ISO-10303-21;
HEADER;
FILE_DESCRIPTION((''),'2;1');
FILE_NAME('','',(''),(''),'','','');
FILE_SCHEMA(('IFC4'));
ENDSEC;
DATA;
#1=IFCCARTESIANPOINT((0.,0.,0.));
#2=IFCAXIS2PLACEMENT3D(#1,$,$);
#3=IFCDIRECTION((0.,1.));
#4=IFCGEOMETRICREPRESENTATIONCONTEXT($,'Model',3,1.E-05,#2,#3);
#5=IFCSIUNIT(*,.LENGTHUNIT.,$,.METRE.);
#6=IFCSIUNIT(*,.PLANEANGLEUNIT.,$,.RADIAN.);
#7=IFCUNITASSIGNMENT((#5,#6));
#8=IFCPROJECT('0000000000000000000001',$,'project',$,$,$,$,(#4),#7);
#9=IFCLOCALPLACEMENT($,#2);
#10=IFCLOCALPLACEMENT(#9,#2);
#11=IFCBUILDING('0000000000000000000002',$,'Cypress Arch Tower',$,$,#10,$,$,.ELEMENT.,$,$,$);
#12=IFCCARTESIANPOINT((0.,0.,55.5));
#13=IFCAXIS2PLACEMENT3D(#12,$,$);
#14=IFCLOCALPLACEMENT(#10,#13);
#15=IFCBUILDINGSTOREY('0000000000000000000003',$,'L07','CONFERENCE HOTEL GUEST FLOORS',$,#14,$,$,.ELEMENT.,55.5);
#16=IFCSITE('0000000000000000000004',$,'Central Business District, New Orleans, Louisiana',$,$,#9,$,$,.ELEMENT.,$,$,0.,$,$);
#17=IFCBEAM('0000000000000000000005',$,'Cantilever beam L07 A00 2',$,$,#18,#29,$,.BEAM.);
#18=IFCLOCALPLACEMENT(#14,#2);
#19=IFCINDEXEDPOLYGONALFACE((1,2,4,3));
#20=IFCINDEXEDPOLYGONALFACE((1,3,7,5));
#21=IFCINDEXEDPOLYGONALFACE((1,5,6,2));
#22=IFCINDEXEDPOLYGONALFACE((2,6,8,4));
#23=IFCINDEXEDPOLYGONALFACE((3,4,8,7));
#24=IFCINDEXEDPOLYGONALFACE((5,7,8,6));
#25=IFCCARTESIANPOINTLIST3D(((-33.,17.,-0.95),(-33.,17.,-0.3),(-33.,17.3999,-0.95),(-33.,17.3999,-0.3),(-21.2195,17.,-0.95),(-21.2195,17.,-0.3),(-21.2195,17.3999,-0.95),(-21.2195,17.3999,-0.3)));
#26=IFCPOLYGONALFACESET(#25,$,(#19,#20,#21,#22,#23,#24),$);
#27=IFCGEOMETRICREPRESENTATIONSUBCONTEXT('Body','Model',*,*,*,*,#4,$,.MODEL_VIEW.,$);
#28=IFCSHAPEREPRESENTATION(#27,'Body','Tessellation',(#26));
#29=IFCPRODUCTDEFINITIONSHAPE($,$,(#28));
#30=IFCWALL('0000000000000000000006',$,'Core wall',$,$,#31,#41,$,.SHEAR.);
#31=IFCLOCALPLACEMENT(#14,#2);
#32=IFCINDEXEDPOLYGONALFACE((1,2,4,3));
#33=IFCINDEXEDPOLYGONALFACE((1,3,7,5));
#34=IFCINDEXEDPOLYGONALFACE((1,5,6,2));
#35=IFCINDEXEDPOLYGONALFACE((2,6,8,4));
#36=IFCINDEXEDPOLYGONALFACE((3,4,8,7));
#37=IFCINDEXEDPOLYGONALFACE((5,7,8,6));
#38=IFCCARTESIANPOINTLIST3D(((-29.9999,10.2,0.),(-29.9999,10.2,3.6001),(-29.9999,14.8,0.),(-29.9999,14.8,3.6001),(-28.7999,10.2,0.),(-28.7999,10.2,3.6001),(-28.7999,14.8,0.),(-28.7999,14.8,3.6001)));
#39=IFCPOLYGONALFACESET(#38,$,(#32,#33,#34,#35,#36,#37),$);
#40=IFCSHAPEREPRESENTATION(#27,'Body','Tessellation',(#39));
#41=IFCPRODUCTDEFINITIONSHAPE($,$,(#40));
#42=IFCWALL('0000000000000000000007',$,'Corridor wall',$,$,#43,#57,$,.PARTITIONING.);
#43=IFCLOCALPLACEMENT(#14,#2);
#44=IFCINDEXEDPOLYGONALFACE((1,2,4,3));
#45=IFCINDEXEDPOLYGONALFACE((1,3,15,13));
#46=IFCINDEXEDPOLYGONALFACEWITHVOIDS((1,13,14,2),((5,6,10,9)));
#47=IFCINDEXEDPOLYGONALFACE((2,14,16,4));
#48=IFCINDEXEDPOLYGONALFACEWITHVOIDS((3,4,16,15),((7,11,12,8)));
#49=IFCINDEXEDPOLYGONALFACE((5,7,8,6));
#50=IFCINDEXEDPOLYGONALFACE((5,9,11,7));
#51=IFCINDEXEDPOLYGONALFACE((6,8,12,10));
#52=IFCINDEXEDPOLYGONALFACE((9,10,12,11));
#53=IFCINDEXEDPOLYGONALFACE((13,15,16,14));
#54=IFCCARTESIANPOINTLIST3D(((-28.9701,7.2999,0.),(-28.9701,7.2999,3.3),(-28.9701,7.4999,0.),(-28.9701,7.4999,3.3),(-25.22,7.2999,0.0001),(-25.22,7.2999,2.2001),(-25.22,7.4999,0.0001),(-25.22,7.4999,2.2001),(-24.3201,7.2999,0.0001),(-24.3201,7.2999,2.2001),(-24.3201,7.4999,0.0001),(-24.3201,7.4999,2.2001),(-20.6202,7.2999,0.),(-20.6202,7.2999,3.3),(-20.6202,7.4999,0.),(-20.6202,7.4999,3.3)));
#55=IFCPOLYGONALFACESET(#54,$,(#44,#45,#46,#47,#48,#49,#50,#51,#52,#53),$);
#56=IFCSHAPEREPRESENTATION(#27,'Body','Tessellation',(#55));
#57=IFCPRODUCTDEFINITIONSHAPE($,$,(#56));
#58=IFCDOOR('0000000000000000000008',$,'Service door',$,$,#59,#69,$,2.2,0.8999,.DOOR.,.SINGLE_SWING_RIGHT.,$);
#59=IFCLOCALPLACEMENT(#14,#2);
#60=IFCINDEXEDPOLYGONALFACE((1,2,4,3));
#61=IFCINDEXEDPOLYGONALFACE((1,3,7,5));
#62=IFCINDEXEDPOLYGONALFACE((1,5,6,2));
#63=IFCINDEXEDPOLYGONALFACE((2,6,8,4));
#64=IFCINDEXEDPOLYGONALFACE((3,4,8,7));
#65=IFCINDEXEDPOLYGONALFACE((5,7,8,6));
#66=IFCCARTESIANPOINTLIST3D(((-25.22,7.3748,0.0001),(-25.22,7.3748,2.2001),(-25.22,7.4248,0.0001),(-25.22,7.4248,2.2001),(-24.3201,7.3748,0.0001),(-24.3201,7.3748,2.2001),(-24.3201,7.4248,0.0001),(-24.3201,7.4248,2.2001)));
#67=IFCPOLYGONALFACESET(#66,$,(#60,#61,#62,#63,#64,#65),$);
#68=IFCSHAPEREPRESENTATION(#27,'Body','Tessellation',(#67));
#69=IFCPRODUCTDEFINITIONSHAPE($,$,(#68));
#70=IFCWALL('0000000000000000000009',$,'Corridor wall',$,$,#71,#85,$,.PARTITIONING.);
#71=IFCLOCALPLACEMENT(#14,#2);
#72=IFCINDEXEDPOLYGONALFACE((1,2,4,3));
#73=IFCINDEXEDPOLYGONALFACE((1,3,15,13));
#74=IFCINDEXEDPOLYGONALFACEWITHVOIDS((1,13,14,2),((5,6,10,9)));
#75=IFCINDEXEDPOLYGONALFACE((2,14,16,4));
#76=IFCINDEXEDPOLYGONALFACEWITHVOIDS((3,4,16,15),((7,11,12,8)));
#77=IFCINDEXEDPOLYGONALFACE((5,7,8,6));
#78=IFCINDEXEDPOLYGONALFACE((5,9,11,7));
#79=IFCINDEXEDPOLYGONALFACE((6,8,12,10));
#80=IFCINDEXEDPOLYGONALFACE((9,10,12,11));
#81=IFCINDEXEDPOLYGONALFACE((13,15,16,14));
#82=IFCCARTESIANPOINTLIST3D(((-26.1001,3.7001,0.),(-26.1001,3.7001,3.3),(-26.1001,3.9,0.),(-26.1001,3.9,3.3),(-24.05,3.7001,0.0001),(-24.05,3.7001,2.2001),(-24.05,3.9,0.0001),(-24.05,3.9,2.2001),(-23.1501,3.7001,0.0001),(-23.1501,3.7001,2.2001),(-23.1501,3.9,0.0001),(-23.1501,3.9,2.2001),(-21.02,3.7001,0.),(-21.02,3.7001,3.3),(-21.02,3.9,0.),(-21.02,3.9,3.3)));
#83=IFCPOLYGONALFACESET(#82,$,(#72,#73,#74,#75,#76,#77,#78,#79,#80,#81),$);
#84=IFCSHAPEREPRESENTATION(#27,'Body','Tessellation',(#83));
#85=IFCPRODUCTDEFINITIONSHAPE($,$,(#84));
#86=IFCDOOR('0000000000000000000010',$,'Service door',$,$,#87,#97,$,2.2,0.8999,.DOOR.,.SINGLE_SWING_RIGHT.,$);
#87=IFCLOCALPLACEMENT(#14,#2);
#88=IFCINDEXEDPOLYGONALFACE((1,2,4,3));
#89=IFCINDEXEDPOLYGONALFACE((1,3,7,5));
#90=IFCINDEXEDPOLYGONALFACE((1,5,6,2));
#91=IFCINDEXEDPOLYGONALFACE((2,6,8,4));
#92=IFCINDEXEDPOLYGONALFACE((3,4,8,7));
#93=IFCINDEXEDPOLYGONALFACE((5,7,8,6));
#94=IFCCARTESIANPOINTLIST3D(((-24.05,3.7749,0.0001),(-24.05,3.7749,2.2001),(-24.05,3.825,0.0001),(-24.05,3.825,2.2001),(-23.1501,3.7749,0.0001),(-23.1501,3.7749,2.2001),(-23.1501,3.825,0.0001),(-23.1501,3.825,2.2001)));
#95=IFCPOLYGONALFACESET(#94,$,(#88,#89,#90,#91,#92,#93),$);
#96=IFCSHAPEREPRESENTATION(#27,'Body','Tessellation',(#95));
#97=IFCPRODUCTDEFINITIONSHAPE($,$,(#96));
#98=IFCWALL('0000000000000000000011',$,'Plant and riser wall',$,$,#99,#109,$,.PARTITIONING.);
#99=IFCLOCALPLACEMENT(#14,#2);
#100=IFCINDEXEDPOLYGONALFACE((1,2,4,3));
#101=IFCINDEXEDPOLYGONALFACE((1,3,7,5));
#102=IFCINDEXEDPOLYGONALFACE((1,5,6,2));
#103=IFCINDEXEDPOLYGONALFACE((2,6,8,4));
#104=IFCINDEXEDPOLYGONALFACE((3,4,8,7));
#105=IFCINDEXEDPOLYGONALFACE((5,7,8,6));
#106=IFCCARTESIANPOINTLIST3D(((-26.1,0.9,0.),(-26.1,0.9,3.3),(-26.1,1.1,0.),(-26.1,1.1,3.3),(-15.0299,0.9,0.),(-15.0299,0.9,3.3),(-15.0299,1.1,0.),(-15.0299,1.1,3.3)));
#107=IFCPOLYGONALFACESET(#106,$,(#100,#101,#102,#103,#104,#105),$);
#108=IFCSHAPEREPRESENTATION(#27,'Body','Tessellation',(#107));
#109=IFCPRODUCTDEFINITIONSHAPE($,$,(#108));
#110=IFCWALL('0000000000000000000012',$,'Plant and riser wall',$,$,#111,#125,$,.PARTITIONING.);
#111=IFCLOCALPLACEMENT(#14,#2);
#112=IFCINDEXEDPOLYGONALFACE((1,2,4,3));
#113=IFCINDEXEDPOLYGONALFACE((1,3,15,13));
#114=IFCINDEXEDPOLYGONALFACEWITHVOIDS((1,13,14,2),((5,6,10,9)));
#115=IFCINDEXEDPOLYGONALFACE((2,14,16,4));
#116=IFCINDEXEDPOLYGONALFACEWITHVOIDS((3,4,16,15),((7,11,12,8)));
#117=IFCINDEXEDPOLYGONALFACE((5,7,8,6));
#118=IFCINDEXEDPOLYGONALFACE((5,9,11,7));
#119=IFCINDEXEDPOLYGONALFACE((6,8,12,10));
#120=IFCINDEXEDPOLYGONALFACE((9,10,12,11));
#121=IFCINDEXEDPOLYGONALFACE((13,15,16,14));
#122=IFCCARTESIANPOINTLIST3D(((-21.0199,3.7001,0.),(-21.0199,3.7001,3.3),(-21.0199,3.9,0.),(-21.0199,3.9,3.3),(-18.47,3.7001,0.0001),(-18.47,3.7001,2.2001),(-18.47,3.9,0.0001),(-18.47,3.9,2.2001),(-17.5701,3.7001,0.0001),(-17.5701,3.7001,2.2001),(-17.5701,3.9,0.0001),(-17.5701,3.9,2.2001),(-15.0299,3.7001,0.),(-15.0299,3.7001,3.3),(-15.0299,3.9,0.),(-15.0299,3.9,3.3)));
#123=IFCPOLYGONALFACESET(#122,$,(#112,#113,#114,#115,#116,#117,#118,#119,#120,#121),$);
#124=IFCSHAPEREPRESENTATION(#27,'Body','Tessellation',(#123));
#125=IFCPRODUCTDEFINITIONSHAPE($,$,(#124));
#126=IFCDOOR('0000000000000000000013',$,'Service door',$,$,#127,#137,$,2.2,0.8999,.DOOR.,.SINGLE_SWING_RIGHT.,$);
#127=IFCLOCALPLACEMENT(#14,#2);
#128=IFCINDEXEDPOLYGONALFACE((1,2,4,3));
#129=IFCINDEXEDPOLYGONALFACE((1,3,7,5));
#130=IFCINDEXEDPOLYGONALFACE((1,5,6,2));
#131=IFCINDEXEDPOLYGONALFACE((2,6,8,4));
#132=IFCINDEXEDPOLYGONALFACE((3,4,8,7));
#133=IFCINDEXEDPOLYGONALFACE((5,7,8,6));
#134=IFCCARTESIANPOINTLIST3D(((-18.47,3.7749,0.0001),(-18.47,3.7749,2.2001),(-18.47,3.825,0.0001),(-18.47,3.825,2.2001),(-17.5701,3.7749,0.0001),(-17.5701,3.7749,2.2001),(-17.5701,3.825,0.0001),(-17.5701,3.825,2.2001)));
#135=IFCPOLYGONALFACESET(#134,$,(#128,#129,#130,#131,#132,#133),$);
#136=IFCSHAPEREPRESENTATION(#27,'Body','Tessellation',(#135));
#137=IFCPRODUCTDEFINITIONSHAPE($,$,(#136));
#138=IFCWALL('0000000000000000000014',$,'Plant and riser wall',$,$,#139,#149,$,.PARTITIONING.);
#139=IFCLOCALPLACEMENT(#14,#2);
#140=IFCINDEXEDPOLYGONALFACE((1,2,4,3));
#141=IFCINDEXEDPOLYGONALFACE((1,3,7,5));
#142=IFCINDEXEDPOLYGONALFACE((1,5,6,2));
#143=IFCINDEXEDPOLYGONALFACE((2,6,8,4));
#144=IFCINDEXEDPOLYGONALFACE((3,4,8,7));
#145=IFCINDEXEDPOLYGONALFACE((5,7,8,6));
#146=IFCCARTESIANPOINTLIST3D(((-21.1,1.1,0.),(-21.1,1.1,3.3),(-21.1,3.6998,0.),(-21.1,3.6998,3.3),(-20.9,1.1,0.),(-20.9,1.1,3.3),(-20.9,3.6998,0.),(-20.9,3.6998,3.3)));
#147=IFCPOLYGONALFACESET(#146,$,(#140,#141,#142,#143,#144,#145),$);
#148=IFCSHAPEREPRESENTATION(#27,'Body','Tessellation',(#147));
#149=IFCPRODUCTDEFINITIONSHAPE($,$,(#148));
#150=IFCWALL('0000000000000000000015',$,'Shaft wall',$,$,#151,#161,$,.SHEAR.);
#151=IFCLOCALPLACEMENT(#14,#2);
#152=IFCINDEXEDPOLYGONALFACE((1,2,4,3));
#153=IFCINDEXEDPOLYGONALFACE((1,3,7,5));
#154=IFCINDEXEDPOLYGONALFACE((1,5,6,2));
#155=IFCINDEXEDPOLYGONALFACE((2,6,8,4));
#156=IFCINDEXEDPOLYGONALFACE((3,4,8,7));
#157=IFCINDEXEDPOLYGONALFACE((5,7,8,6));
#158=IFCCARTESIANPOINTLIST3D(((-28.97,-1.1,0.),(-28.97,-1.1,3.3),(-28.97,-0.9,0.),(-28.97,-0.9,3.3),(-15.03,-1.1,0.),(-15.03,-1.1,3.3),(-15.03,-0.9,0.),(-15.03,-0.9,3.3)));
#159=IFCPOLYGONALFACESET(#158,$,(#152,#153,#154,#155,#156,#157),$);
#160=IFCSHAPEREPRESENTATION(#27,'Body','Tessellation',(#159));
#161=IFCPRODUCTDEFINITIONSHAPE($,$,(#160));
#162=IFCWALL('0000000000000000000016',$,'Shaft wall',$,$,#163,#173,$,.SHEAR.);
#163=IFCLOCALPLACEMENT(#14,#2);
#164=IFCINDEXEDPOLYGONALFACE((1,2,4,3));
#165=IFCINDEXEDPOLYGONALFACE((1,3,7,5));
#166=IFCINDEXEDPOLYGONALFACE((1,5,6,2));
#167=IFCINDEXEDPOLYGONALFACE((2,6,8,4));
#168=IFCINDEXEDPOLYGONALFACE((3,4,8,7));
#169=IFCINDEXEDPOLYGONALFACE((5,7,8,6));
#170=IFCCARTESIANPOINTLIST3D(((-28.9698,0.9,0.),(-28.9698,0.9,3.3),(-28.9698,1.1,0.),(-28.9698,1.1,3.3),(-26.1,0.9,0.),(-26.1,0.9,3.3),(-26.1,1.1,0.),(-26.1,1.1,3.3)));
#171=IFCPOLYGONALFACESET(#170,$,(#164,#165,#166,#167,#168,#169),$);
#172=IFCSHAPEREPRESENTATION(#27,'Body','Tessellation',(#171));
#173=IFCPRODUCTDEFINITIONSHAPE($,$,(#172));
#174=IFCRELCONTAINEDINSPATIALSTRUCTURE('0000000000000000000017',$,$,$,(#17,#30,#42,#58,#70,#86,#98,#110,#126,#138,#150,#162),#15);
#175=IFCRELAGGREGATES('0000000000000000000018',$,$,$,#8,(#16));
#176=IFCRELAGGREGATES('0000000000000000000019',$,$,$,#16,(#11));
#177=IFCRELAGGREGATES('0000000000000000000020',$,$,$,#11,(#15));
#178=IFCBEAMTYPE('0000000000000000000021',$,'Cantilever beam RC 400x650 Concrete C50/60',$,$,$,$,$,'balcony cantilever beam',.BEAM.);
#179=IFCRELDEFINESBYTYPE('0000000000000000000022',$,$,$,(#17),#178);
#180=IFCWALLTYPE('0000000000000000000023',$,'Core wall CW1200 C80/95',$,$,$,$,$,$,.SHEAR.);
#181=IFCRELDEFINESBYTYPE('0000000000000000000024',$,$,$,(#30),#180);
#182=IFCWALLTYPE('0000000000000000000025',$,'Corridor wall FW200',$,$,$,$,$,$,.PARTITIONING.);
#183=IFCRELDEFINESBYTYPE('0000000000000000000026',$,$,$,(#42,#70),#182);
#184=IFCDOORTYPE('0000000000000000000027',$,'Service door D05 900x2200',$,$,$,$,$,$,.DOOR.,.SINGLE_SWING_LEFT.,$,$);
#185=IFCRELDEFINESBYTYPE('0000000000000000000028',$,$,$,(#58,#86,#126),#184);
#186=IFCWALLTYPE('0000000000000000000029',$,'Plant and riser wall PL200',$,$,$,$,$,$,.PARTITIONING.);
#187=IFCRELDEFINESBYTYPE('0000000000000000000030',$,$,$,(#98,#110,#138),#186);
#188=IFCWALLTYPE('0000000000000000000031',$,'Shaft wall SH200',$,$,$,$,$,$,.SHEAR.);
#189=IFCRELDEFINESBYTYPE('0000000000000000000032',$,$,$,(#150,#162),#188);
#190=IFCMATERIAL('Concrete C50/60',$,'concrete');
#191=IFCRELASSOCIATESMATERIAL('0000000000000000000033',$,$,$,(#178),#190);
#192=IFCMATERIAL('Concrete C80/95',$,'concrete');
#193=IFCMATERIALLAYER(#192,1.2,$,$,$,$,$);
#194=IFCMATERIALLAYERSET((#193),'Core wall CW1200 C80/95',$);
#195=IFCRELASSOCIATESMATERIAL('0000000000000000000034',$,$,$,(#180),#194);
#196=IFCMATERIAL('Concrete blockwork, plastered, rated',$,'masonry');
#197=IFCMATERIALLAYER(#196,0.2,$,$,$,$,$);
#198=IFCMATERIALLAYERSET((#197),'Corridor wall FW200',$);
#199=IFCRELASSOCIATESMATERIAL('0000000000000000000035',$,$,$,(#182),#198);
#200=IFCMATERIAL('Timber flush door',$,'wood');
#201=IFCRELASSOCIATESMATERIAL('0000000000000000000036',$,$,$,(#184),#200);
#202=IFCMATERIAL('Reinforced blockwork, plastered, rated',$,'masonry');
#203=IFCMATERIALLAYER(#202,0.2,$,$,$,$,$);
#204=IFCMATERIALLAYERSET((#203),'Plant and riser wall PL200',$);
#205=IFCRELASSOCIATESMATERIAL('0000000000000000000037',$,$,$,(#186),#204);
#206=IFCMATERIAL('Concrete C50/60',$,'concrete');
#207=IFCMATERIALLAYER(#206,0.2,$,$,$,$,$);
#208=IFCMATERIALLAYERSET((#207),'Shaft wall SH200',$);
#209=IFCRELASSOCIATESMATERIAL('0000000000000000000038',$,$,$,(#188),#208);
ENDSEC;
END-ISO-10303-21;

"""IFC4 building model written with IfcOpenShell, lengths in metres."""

from ifc_helpers import new_model, si_unit, direction, frame, frame_2d, origin, origin_2d, place, context, subcontext, project, spatial, rectangle, extrude, material, layer, layer_set, material_profile, profile_set, type_object, element, fill, save


model = new_model("IFC4")

# Units and contexts
model_context = context("Model", 3, precision=1e-05, world=origin(), true_north=direction((0.0, 1.0)))
body_context = subcontext(model_context, "Body", "Model", "MODEL_VIEW")
ifc_project = project(units=[si_unit("LENGTHUNIT", "METRE"), si_unit("PLANEANGLEUNIT", "RADIAN")], contexts=[model_context])

# Site, building, storey
site_placement = place(None, origin())
site = spatial("IfcSite", under=ifc_project, at=site_placement, Name="Central Business District, New Orleans, Louisiana", CompositionType="ELEMENT", RefElevation=0.0)
building_placement = place(site_placement, origin())
building = spatial("IfcBuilding", under=site, at=building_placement, Name="Cypress Arch Tower", CompositionType="ELEMENT")
storey_placement = place(building_placement, frame((0.0, 0.0, 55.5)))
storey = spatial("IfcBuildingStorey", under=building, at=storey_placement, Name="L07", Description="CONFERENCE HOTEL GUEST FLOORS", CompositionType="ELEMENT", Elevation=55.5)

# Beam
ifc_material_1 = material(Name="Concrete C50/60", Category="concrete")
ifc_material_profile = material_profile(ifc_material_1, rectangle(XDim=0.3999, YDim=0.6499, at=origin_2d()), Name="RC 400x650")
ifc_profile_set = profile_set([ifc_material_profile], Name="Concrete C50/60")
beam_type = type_object("IfcBeamType", Name="Cantilever beam RC 400x650 Concrete C50/60", ElementType="balcony cantilever beam", PredefinedType="BEAM", material=ifc_profile_set)
beam_placement = place(storey_placement, frame((-21.2195, 17.2, -0.625), z_axis=(-1.0, 0.0, 0.0), x_axis=(0.0, -1.0, 0.0)))
element("IfcBeam", 1, at=beam_placement, inside=storey, type_object=beam_type, Name="Cantilever beam L07 A00 2", PredefinedType="BEAM", context=body_context, shape_type="SweptSolid", body=[
    extrude(rectangle(XDim=0.3999, YDim=0.6499, at=origin_2d()), origin(), (0.0, 0.0, 1.0), 11.7805),
])

# Shared definitions
ifc_material_2 = material(Name="Concrete C80/95", Category="concrete")
ifc_layer_1 = layer(ifc_material_2, 1.2)
ifc_layer_set_1 = layer_set([ifc_layer_1], Name="Core wall CW1200 C80/95")
wall_type_1 = type_object("IfcWallType", Name="Core wall CW1200 C80/95", PredefinedType="SHEAR", material=ifc_layer_set_1)

# Wall
wall_1_placement = place(storey_placement, frame((-29.3999, 10.2, 0.0), z_axis=(0.0, 0.0, 1.0), x_axis=(0.0, 1.0, 0.0)))
element("IfcWall", 2, at=wall_1_placement, inside=storey, type_object=wall_type_1, Name="Core wall", PredefinedType="SHEAR", context=body_context, shape_type="SweptSolid", body=[
    extrude(rectangle(XDim=4.6001, YDim=1.2, at=frame_2d((2.3, 0.0))), origin(), (0.0, 0.0, 1.0), 3.6001),
])

# Walls, openings, doors
ifc_material_3 = material(Name="Concrete blockwork, plastered, rated", Category="masonry")
ifc_layer_2 = layer(ifc_material_3, 0.2)
ifc_layer_set_2 = layer_set([ifc_layer_2], Name="Corridor wall FW200")
wall_type_2 = type_object("IfcWallType", Name="Corridor wall FW200", PredefinedType="PARTITIONING", material=ifc_layer_set_2)
wall_2_placement = place(storey_placement, frame((-28.97, 7.3999, 0.0), z_axis=(0.0, 0.0, 1.0), x_axis=(1.0, 0.0, 0.0)))
wall_2 = element("IfcWall", 3, at=wall_2_placement, inside=storey, type_object=wall_type_2, Name="Corridor wall", PredefinedType="PARTITIONING", context=body_context, shape_type="SweptSolid", body=[
    extrude(rectangle(XDim=8.3499, YDim=0.2, at=frame_2d((4.1748, 0.0))), origin(), (0.0, 0.0, 1.0), 3.3),
])
opening_1_placement = place(wall_2_placement, frame((3.75, 0.0, 0.0)))
opening_1 = element("IfcOpeningElement", 4, at=opening_1_placement, cuts=wall_2, PredefinedType="OPENING", context=body_context, shape_type="SweptSolid", body=[
    extrude(rectangle(XDim=0.8999, YDim=2.2, at=frame_2d((0.45, 1.1001))), frame((0.0, 0.1099, 0.0), z_axis=(0.0, -1.0, 0.0), x_axis=(1.0, 0.0, 0.0)), (0.0, 0.0, 1.0), 0.22),
])
ifc_material_4 = material(Name="Timber flush door", Category="wood")
door_type_1 = type_object("IfcDoorType", Name="Service door D05 900x2200", OperationType="SINGLE_SWING_LEFT", PredefinedType="DOOR", material=ifc_material_4)
door_1_placement = place(opening_1_placement, origin())
door_1 = element("IfcDoor", 5, at=door_1_placement, inside=storey, type_object=door_type_1, Name="Service door", OperationType="SINGLE_SWING_RIGHT", OverallHeight=2.2, OverallWidth=0.8999, PredefinedType="DOOR", context=body_context, shape_type="SweptSolid", body=[
    extrude(rectangle(XDim=0.8999, YDim=2.2, at=frame_2d((0.45, 1.1001))), frame((0.0, 0.0249, 0.0), z_axis=(0.0, -1.0, 0.0), x_axis=(1.0, 0.0, 0.0)), (0.0, 0.0, 1.0), 0.05),
])
fill(opening_1, door_1)
wall_3_placement = place(storey_placement, frame((-26.1001, 3.8, 0.0), z_axis=(0.0, 0.0, 1.0), x_axis=(1.0, 0.0, 0.0)))
wall_3 = element("IfcWall", 6, at=wall_3_placement, inside=storey, type_object=wall_type_2, Name="Corridor wall", PredefinedType="PARTITIONING", context=body_context, shape_type="SweptSolid", body=[
    extrude(rectangle(XDim=5.0801, YDim=0.2, at=frame_2d((2.54, 0.0))), origin(), (0.0, 0.0, 1.0), 3.3),
])
opening_2_placement = place(wall_3_placement, frame((2.05, 0.0, 0.0)))
opening_2 = element("IfcOpeningElement", 7, at=opening_2_placement, cuts=wall_3, PredefinedType="OPENING", context=body_context, shape_type="SweptSolid", body=[
    extrude(rectangle(XDim=0.8999, YDim=2.2, at=frame_2d((0.45, 1.1001))), frame((0.0, 0.1099, 0.0), z_axis=(0.0, -1.0, 0.0), x_axis=(1.0, 0.0, 0.0)), (0.0, 0.0, 1.0), 0.22),
])
door_2_placement = place(opening_2_placement, origin())
door_2 = element("IfcDoor", 8, at=door_2_placement, inside=storey, type_object=door_type_1, Name="Service door", OperationType="SINGLE_SWING_RIGHT", OverallHeight=2.2, OverallWidth=0.8999, PredefinedType="DOOR", context=body_context, shape_type="SweptSolid", body=[
    extrude(rectangle(XDim=0.8999, YDim=2.2, at=frame_2d((0.45, 1.1001))), frame((0.0, 0.0249, 0.0), z_axis=(0.0, -1.0, 0.0), x_axis=(1.0, 0.0, 0.0)), (0.0, 0.0, 1.0), 0.05),
])
fill(opening_2, door_2)

# Wall
ifc_material_5 = material(Name="Reinforced blockwork, plastered, rated", Category="masonry")
ifc_layer_3 = layer(ifc_material_5, 0.2)
ifc_layer_set_3 = layer_set([ifc_layer_3], Name="Plant and riser wall PL200")
wall_type_3 = type_object("IfcWallType", Name="Plant and riser wall PL200", PredefinedType="PARTITIONING", material=ifc_layer_set_3)
wall_4_placement = place(storey_placement, frame((-26.1001, 1.0, 0.0), z_axis=(0.0, 0.0, 1.0), x_axis=(1.0, 0.0, 0.0)))
element("IfcWall", 9, at=wall_4_placement, inside=storey, type_object=wall_type_3, Name="Plant and riser wall", PredefinedType="PARTITIONING", context=body_context, shape_type="SweptSolid", body=[
    extrude(rectangle(XDim=11.0701, YDim=0.2, at=frame_2d((5.5352, 0.0))), origin(), (0.0, 0.0, 1.0), 3.3),
])

# Wall, opening, door
wall_5_placement = place(storey_placement, frame((-21.02, 3.8, 0.0), z_axis=(0.0, 0.0, 1.0), x_axis=(1.0, 0.0, 0.0)))
wall_5 = element("IfcWall", 10, at=wall_5_placement, inside=storey, type_object=wall_type_3, Name="Plant and riser wall", PredefinedType="PARTITIONING", context=body_context, shape_type="SweptSolid", body=[
    extrude(rectangle(XDim=5.99, YDim=0.2, at=frame_2d((2.9951, 0.0))), origin(), (0.0, 0.0, 1.0), 3.3),
])
opening_3_placement = place(wall_5_placement, frame((2.55, 0.0, 0.0)))
opening_3 = element("IfcOpeningElement", 11, at=opening_3_placement, cuts=wall_5, PredefinedType="OPENING", context=body_context, shape_type="SweptSolid", body=[
    extrude(rectangle(XDim=0.8999, YDim=2.2, at=frame_2d((0.45, 1.1001))), frame((0.0, 0.1099, 0.0), z_axis=(0.0, -1.0, 0.0), x_axis=(1.0, 0.0, 0.0)), (0.0, 0.0, 1.0), 0.22),
])
door_3_placement = place(opening_3_placement, origin())
door_3 = element("IfcDoor", 12, at=door_3_placement, inside=storey, type_object=door_type_1, Name="Service door", OperationType="SINGLE_SWING_RIGHT", OverallHeight=2.2, OverallWidth=0.8999, PredefinedType="DOOR", context=body_context, shape_type="SweptSolid", body=[
    extrude(rectangle(XDim=0.8999, YDim=2.2, at=frame_2d((0.45, 1.1001))), frame((0.0, 0.0249, 0.0), z_axis=(0.0, -1.0, 0.0), x_axis=(1.0, 0.0, 0.0)), (0.0, 0.0, 1.0), 0.05),
])
fill(opening_3, door_3)

# Walls
wall_6_placement = place(storey_placement, frame((-21.0, 1.1001, 0.0), z_axis=(0.0, 0.0, 1.0), x_axis=(0.0, 1.0, 0.0)))
element("IfcWall", 13, at=wall_6_placement, inside=storey, type_object=wall_type_3, Name="Plant and riser wall", PredefinedType="PARTITIONING", context=body_context, shape_type="SweptSolid", body=[
    extrude(rectangle(XDim=2.5999, YDim=0.2, at=frame_2d((1.2998, 0.0))), origin(), (0.0, 0.0, 1.0), 3.3),
])
ifc_material_6 = material(Name="Concrete C50/60", Category="concrete")
ifc_layer_4 = layer(ifc_material_6, 0.2)
ifc_layer_set_4 = layer_set([ifc_layer_4], Name="Shaft wall SH200")
wall_type_4 = type_object("IfcWallType", Name="Shaft wall SH200", PredefinedType="SHEAR", material=ifc_layer_set_4)
wall_7_placement = place(storey_placement, frame((-28.97, -1.0, 0.0), z_axis=(0.0, 0.0, 1.0), x_axis=(1.0, 0.0, 0.0)))
element("IfcWall", 14, at=wall_7_placement, inside=storey, type_object=wall_type_4, Name="Shaft wall", PredefinedType="SHEAR", context=body_context, shape_type="SweptSolid", body=[
    extrude(rectangle(XDim=13.9399, YDim=0.2, at=frame_2d((6.97, 0.0))), origin(), (0.0, 0.0, 1.0), 3.3),
])
for number, where, z_axis, x_axis, name in (
    (15, (-28.97, 1.0, 0.0), (0.0, 0.0, 1.0), (1.0, 0.0, 0.0), "Shaft wall"),
):
    element("IfcWall", number, at=place(storey_placement, frame(where, z_axis=z_axis, x_axis=x_axis)), inside=storey, type_object=wall_type_4, Name=name, PredefinedType="SHEAR", context=body_context, shape_type="SweptSolid", body=[
        extrude(rectangle(XDim=2.8699, YDim=0.2, at=frame_2d((1.4351, 0.0))), origin(), (0.0, 0.0, 1.0), 3.3),
    ])

save(model, "model.ifc")
